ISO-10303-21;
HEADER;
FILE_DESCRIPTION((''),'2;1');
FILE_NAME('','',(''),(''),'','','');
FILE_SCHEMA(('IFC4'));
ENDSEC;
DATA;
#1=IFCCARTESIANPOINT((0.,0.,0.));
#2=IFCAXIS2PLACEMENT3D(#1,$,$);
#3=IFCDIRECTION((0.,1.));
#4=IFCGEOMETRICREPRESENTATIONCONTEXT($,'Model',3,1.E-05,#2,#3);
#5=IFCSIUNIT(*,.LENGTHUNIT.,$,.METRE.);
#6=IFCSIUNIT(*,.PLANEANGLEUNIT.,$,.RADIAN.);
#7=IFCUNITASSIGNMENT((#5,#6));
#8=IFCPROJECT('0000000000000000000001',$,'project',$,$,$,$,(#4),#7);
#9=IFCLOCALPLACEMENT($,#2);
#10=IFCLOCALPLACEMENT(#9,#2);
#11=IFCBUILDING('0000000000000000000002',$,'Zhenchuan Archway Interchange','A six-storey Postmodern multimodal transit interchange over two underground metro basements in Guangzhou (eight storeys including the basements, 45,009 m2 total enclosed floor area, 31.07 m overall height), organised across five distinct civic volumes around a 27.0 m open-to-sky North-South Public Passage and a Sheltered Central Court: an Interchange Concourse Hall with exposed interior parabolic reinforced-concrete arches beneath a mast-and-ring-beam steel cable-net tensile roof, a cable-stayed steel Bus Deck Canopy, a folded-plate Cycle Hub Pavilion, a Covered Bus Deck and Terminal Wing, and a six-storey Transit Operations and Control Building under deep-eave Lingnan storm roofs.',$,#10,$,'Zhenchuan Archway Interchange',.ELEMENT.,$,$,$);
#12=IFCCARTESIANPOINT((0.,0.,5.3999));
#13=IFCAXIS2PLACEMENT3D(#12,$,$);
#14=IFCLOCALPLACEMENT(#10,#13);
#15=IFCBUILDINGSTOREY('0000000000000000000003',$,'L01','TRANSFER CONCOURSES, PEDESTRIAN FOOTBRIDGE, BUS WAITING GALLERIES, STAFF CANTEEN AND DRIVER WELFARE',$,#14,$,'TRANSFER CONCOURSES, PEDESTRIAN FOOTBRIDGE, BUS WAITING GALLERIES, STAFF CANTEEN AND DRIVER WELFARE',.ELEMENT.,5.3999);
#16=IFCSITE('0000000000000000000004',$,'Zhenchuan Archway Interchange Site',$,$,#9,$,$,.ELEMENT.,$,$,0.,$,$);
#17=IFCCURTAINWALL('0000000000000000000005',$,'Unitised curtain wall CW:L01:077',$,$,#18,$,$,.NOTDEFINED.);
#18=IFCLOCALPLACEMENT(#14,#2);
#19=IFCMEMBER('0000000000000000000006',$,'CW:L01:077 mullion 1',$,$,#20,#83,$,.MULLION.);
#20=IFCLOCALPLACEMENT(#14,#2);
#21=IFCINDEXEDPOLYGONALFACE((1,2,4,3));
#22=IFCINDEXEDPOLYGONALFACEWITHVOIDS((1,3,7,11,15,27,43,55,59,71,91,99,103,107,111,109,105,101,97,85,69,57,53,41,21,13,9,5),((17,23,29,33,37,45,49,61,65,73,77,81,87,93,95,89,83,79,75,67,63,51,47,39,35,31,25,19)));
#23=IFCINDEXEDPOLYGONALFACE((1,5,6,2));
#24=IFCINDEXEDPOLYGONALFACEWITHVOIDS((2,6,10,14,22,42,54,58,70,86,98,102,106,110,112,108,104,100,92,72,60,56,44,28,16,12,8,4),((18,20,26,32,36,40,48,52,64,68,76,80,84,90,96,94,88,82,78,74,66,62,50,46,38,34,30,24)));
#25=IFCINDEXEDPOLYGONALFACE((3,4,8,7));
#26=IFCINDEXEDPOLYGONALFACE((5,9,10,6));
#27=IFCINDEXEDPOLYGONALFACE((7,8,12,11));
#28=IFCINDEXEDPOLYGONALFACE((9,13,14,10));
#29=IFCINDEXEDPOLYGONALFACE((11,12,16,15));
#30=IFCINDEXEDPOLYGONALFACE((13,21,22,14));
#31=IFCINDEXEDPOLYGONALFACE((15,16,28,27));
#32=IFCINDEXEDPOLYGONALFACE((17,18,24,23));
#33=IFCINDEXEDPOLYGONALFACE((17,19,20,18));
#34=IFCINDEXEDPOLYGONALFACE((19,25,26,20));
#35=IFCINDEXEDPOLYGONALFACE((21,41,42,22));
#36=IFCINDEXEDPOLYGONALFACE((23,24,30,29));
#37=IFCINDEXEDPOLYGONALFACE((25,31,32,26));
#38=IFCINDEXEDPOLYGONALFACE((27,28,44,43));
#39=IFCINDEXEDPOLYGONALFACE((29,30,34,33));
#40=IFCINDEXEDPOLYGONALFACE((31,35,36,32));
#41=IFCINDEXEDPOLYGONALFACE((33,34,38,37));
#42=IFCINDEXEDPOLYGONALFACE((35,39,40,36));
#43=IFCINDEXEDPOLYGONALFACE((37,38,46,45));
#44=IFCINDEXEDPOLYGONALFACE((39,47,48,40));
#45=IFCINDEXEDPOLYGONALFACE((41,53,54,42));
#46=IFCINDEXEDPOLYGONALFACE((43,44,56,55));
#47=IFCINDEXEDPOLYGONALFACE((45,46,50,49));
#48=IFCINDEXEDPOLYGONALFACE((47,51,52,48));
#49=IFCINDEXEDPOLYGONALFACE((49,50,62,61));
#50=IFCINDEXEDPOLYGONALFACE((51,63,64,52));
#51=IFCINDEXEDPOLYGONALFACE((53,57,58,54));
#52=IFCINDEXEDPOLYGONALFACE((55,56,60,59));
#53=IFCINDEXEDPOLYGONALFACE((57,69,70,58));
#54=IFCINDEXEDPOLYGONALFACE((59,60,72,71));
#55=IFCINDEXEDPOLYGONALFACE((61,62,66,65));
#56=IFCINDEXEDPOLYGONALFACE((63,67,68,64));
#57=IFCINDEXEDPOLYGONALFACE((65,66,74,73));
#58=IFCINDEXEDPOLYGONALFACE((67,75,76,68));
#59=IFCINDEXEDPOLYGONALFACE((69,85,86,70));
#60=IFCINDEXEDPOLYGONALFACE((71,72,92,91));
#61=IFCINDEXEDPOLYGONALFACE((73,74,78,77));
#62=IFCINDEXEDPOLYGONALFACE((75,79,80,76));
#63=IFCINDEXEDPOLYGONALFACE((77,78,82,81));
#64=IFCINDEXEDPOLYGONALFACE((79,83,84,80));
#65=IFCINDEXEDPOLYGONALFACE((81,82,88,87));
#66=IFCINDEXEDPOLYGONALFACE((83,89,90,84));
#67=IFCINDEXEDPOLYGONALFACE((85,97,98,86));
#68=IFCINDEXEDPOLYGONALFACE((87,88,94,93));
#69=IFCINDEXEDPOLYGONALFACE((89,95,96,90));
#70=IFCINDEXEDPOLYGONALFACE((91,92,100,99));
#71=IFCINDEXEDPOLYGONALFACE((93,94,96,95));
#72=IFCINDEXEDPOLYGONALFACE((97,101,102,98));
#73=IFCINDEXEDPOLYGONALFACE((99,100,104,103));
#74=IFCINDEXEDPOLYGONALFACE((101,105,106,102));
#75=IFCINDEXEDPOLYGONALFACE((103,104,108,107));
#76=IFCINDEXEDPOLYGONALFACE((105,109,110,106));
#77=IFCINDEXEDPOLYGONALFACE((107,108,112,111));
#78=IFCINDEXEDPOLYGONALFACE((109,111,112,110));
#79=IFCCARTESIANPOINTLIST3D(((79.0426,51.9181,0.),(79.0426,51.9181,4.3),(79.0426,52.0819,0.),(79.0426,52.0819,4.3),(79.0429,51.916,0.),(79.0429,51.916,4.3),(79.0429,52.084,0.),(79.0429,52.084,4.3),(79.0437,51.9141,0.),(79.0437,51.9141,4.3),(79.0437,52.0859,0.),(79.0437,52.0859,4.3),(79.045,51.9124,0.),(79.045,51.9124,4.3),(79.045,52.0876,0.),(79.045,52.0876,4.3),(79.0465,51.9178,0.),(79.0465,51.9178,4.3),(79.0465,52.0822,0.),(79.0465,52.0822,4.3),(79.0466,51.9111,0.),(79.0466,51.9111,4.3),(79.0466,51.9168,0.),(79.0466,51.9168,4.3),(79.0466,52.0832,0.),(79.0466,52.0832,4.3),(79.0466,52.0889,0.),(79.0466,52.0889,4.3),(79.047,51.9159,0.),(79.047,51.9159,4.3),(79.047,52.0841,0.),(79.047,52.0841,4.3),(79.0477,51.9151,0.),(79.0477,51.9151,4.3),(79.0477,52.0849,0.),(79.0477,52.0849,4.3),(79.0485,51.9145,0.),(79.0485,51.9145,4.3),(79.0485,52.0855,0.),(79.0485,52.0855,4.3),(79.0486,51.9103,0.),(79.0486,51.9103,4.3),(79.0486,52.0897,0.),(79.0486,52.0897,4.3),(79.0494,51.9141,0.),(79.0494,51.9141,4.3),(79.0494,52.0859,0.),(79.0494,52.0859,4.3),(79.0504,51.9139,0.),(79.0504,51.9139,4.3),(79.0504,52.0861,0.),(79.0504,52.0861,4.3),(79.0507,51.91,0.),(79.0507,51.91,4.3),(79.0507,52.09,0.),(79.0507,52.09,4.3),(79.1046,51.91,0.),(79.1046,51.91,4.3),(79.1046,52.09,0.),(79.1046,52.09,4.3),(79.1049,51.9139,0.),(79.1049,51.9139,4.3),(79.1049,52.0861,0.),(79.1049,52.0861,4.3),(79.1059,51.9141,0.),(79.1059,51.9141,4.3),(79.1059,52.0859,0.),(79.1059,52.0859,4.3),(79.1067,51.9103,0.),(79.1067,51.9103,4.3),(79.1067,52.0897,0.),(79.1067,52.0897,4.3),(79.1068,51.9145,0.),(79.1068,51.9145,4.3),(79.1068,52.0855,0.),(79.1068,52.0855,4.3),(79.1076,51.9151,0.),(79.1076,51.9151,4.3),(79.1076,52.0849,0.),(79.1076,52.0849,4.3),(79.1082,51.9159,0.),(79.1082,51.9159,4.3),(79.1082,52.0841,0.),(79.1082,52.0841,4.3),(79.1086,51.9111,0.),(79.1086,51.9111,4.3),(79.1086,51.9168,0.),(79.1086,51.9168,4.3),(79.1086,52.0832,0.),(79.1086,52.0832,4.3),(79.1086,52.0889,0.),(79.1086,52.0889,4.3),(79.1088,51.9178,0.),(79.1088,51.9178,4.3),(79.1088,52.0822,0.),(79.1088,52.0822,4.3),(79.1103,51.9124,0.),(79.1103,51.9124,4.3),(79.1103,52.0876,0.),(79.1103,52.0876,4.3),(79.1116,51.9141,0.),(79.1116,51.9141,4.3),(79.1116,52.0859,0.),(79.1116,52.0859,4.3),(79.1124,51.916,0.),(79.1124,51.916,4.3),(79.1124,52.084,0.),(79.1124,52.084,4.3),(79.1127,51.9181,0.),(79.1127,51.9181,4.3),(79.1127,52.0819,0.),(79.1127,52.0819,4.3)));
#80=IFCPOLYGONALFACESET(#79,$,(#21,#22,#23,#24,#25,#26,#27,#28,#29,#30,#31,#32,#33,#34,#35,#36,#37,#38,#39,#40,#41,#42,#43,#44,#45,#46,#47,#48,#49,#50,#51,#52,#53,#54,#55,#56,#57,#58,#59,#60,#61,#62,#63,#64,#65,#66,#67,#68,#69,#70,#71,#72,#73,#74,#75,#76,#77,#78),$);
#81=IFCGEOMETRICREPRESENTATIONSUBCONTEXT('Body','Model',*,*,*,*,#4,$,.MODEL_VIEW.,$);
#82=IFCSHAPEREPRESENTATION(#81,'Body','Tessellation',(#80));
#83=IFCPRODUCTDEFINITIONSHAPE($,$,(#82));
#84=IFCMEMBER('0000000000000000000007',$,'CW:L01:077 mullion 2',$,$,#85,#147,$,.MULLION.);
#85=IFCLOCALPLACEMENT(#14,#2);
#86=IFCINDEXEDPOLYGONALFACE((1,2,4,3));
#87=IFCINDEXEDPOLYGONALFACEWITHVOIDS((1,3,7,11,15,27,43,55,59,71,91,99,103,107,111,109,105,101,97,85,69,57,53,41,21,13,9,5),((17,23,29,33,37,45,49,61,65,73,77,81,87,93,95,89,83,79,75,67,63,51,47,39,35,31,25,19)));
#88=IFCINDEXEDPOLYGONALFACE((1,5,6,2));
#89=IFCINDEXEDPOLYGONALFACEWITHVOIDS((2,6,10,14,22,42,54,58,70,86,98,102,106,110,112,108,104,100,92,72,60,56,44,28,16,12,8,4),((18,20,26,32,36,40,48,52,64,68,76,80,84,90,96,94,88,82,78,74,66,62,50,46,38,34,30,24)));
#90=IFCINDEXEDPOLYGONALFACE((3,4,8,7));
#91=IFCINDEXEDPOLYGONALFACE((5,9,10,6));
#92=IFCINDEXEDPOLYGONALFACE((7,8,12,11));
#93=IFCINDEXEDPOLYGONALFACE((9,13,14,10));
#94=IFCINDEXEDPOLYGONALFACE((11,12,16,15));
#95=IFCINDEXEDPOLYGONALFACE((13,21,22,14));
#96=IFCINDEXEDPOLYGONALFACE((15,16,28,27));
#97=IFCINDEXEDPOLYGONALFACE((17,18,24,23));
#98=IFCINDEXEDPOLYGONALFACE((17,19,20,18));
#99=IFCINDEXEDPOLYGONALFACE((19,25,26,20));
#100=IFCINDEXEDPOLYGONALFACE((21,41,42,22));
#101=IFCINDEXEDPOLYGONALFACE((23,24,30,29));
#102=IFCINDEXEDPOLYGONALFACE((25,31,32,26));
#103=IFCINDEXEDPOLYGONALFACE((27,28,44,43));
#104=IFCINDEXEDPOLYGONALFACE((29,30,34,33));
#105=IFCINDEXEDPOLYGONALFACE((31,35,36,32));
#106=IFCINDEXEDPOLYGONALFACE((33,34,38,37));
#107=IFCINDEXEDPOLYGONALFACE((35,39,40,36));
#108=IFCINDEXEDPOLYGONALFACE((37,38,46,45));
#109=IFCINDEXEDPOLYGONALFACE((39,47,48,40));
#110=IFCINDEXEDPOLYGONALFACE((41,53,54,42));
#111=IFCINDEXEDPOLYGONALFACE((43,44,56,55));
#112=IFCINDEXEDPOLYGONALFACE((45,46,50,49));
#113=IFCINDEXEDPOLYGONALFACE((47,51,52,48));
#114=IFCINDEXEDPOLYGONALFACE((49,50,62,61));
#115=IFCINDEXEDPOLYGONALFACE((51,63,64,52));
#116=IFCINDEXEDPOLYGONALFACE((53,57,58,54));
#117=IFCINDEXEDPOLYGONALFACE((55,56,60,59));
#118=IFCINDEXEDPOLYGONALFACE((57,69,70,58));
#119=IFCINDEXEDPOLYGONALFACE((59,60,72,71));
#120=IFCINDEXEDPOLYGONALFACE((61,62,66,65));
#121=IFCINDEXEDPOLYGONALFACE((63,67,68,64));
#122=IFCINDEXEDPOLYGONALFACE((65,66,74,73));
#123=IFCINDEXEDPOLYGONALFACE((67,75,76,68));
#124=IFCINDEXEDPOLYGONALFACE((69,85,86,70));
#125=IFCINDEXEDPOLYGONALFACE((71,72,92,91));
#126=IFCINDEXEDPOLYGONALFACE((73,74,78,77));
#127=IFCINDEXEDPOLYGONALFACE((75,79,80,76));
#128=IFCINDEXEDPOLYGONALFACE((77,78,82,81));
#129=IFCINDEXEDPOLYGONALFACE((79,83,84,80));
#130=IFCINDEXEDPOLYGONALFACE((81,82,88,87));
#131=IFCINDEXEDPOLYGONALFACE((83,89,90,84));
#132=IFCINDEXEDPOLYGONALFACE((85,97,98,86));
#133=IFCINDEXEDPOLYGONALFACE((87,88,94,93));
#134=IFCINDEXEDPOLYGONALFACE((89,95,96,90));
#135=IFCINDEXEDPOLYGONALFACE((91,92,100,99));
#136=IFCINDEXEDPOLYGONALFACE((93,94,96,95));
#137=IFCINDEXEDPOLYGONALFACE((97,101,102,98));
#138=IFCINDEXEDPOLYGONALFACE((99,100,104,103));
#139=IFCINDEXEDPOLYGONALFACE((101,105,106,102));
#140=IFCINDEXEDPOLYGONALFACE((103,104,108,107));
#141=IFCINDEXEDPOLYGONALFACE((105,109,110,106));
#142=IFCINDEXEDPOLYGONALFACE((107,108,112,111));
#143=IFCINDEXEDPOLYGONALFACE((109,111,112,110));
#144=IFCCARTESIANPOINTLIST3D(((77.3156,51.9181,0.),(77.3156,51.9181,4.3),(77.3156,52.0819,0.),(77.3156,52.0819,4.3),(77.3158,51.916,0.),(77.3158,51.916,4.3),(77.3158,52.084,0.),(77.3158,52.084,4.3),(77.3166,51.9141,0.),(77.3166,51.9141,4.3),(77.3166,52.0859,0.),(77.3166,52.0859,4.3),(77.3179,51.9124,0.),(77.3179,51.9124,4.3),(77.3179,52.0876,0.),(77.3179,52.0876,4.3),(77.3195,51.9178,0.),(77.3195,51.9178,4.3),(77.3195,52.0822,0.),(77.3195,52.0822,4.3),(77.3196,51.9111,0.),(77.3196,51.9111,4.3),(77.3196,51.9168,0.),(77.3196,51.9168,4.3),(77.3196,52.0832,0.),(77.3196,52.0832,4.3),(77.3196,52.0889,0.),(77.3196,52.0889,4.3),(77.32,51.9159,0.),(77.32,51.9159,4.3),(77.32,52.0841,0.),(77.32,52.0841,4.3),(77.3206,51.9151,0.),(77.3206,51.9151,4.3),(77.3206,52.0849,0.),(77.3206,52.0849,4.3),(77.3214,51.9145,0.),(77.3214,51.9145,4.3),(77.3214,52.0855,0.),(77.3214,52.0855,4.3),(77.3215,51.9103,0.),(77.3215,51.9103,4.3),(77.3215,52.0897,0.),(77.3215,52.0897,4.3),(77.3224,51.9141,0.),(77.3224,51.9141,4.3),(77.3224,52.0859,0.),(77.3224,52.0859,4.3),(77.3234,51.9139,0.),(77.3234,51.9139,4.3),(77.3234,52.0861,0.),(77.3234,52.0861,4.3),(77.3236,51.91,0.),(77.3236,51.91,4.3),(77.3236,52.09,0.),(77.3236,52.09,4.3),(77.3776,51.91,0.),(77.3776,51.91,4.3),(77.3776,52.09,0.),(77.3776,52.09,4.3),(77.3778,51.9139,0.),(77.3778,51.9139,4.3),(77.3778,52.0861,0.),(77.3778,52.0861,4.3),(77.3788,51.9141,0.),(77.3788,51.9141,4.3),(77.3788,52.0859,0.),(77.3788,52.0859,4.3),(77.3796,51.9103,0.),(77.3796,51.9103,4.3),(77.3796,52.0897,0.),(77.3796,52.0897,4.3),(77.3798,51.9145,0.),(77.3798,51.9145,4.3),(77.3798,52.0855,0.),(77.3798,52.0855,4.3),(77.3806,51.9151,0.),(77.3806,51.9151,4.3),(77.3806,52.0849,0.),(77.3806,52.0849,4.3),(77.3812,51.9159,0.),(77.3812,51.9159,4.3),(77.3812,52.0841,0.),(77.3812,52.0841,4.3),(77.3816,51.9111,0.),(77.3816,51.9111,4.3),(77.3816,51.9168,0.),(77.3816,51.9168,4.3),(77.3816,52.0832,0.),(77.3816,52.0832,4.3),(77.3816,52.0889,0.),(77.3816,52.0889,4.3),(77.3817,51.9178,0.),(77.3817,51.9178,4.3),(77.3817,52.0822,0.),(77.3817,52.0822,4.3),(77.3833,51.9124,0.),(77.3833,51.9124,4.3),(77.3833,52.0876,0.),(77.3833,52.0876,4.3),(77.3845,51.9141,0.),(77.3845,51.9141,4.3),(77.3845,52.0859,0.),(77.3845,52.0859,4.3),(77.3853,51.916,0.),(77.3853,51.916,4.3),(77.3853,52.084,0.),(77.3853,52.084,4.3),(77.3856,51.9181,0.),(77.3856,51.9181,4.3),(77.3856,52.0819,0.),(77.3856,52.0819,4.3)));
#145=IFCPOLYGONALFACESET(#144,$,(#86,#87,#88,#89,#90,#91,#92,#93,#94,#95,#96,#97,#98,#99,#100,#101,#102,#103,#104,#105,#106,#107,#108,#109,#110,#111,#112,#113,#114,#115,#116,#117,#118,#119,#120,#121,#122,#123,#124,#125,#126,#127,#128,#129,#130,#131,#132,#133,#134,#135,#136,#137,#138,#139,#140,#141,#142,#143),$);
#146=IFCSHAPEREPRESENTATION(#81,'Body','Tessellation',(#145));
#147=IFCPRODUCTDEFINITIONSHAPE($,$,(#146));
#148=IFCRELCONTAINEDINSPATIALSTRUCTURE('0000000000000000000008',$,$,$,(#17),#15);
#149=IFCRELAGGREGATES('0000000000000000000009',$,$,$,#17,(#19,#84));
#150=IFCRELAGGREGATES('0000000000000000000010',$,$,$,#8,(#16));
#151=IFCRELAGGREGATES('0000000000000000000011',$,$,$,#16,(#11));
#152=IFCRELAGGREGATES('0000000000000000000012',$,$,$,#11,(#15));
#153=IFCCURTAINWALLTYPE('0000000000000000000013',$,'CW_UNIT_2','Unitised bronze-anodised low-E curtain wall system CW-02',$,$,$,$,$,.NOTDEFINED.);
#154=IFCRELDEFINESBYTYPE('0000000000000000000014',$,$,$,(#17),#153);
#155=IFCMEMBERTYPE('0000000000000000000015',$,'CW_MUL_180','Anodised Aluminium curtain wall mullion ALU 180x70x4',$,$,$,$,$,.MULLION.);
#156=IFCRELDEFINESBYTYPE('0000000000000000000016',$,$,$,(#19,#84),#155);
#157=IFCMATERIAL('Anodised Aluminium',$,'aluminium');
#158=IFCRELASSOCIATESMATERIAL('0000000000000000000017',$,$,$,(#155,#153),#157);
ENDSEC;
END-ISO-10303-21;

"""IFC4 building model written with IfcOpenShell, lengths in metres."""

from ifc_helpers import new_model, si_unit, direction, frame, origin, origin_2d, place, context, subcontext, project, spatial, hollow_rectangle, extrude, material, material_profile, profile_set, type_object, element, aggregate, save


model = new_model("IFC4")

# Units and contexts
model_context = context("Model", 3, precision=1e-05, world=origin(), true_north=direction((0.0, 1.0)))
body_context = subcontext(model_context, "Body", "Model", "MODEL_VIEW")
ifc_project = project(units=[si_unit("LENGTHUNIT", "METRE"), si_unit("PLANEANGLEUNIT", "RADIAN")], contexts=[model_context])

# Site, building, storey
site_placement = place(None, origin())
site = spatial("IfcSite", under=ifc_project, at=site_placement, Name="Zhenchuan Archway Interchange Site", CompositionType="ELEMENT", RefElevation=0.0)
building_placement = place(site_placement, origin())
building = spatial("IfcBuilding", under=site, at=building_placement, Name="Zhenchuan Archway Interchange", Description="A six-storey Postmodern multimodal transit interchange over two underground metro basements in Guangzhou (eight storeys including the basements, 45,009 m2 total enclosed floor area, 31.07 m overall height), organised across five distinct civic volumes around a 27.0 m open-to-sky North-South Public Passage and a Sheltered Central Court: an Interchange Concourse Hall with exposed interior parabolic reinforced-concrete arches beneath a mast-and-ring-beam steel cable-net tensile roof, a cable-stayed steel Bus Deck Canopy, a folded-plate Cycle Hub Pavilion, a Covered Bus Deck and Terminal Wing, and a six-storey Transit Operations and Control Building under deep-eave Lingnan storm roofs.", LongName="Zhenchuan Archway Interchange", CompositionType="ELEMENT")
storey_placement = place(building_placement, frame((0.0, 0.0, 5.3999)))
storey = spatial("IfcBuildingStorey", under=building, at=storey_placement, Name="L01", Description="TRANSFER CONCOURSES, PEDESTRIAN FOOTBRIDGE, BUS WAITING GALLERIES, STAFF CANTEEN AND DRIVER WELFARE", LongName="TRANSFER CONCOURSES, PEDESTRIAN FOOTBRIDGE, BUS WAITING GALLERIES, STAFF CANTEEN AND DRIVER WELFARE", CompositionType="ELEMENT", Elevation=5.3999)

# Shared definitions
ifc_material_1 = material(Name="Anodised Aluminium", Category="aluminium")
ifc_material_profile_1 = material_profile(ifc_material_1, hollow_rectangle(XDim=0.0701, YDim=0.1799, WallThickness=0.0039, InnerFilletRadius=0.0039, OuterFilletRadius=0.0081, at=origin_2d()), Name="ALU 180x70x4")
ifc_profile_set_1 = profile_set([ifc_material_profile_1], Name="Anodised Aluminium")
member_type_1 = type_object("IfcMemberType", Name="CW_MUL_180", Description="Anodised Aluminium curtain wall mullion ALU 180x70x4", PredefinedType="MULLION", material=ifc_profile_set_1)

# Curtain wall, members
curtain_wall_type_1 = type_object("IfcCurtainWallType", Name="CW_UNIT_2", Description="Unitised bronze-anodised low-E curtain wall system CW-02", PredefinedType="NOTDEFINED", material=ifc_material_1)
curtain_wall_1_placement = place(storey_placement, origin())
curtain_wall_1 = element("IfcCurtainWall", 1, at=curtain_wall_1_placement, inside=storey, type_object=curtain_wall_type_1, Name="Unitised curtain wall CW:L01:077", PredefinedType="NOTDEFINED")
member_1_placement = place(storey_placement, frame((79.0776, 52.0, 0.0), z_axis=(0.0, 0.0, 1.0), x_axis=(1.0, 0.0, 0.0)))
member_1 = element("IfcMember", 2, at=member_1_placement, type_object=member_type_1, Name="CW:L01:077 mullion 1", PredefinedType="MULLION", context=body_context, shape_type="SweptSolid", body=[
    extrude(hollow_rectangle(XDim=0.0701, YDim=0.1799, WallThickness=0.0039, InnerFilletRadius=0.0039, OuterFilletRadius=0.0081, at=origin_2d()), origin(), (0.0, 0.0, 1.0), 4.3),
])
member_2_placement = place(storey_placement, frame((77.3506, 52.0, 0.0), z_axis=(0.0, 0.0, 1.0), x_axis=(1.0, 0.0, 0.0)))
member_2 = element("IfcMember", 3, at=member_2_placement, type_object=member_type_1, Name="CW:L01:077 mullion 2", PredefinedType="MULLION", context=body_context, shape_type="SweptSolid", body=[
    extrude(hollow_rectangle(XDim=0.0701, YDim=0.1799, WallThickness=0.0039, InnerFilletRadius=0.0039, OuterFilletRadius=0.0081, at=origin_2d()), origin(), (0.0, 0.0, 1.0), 4.3),
])
aggregate(curtain_wall_1, [member_1, member_2])

save(model, "model.ifc")
